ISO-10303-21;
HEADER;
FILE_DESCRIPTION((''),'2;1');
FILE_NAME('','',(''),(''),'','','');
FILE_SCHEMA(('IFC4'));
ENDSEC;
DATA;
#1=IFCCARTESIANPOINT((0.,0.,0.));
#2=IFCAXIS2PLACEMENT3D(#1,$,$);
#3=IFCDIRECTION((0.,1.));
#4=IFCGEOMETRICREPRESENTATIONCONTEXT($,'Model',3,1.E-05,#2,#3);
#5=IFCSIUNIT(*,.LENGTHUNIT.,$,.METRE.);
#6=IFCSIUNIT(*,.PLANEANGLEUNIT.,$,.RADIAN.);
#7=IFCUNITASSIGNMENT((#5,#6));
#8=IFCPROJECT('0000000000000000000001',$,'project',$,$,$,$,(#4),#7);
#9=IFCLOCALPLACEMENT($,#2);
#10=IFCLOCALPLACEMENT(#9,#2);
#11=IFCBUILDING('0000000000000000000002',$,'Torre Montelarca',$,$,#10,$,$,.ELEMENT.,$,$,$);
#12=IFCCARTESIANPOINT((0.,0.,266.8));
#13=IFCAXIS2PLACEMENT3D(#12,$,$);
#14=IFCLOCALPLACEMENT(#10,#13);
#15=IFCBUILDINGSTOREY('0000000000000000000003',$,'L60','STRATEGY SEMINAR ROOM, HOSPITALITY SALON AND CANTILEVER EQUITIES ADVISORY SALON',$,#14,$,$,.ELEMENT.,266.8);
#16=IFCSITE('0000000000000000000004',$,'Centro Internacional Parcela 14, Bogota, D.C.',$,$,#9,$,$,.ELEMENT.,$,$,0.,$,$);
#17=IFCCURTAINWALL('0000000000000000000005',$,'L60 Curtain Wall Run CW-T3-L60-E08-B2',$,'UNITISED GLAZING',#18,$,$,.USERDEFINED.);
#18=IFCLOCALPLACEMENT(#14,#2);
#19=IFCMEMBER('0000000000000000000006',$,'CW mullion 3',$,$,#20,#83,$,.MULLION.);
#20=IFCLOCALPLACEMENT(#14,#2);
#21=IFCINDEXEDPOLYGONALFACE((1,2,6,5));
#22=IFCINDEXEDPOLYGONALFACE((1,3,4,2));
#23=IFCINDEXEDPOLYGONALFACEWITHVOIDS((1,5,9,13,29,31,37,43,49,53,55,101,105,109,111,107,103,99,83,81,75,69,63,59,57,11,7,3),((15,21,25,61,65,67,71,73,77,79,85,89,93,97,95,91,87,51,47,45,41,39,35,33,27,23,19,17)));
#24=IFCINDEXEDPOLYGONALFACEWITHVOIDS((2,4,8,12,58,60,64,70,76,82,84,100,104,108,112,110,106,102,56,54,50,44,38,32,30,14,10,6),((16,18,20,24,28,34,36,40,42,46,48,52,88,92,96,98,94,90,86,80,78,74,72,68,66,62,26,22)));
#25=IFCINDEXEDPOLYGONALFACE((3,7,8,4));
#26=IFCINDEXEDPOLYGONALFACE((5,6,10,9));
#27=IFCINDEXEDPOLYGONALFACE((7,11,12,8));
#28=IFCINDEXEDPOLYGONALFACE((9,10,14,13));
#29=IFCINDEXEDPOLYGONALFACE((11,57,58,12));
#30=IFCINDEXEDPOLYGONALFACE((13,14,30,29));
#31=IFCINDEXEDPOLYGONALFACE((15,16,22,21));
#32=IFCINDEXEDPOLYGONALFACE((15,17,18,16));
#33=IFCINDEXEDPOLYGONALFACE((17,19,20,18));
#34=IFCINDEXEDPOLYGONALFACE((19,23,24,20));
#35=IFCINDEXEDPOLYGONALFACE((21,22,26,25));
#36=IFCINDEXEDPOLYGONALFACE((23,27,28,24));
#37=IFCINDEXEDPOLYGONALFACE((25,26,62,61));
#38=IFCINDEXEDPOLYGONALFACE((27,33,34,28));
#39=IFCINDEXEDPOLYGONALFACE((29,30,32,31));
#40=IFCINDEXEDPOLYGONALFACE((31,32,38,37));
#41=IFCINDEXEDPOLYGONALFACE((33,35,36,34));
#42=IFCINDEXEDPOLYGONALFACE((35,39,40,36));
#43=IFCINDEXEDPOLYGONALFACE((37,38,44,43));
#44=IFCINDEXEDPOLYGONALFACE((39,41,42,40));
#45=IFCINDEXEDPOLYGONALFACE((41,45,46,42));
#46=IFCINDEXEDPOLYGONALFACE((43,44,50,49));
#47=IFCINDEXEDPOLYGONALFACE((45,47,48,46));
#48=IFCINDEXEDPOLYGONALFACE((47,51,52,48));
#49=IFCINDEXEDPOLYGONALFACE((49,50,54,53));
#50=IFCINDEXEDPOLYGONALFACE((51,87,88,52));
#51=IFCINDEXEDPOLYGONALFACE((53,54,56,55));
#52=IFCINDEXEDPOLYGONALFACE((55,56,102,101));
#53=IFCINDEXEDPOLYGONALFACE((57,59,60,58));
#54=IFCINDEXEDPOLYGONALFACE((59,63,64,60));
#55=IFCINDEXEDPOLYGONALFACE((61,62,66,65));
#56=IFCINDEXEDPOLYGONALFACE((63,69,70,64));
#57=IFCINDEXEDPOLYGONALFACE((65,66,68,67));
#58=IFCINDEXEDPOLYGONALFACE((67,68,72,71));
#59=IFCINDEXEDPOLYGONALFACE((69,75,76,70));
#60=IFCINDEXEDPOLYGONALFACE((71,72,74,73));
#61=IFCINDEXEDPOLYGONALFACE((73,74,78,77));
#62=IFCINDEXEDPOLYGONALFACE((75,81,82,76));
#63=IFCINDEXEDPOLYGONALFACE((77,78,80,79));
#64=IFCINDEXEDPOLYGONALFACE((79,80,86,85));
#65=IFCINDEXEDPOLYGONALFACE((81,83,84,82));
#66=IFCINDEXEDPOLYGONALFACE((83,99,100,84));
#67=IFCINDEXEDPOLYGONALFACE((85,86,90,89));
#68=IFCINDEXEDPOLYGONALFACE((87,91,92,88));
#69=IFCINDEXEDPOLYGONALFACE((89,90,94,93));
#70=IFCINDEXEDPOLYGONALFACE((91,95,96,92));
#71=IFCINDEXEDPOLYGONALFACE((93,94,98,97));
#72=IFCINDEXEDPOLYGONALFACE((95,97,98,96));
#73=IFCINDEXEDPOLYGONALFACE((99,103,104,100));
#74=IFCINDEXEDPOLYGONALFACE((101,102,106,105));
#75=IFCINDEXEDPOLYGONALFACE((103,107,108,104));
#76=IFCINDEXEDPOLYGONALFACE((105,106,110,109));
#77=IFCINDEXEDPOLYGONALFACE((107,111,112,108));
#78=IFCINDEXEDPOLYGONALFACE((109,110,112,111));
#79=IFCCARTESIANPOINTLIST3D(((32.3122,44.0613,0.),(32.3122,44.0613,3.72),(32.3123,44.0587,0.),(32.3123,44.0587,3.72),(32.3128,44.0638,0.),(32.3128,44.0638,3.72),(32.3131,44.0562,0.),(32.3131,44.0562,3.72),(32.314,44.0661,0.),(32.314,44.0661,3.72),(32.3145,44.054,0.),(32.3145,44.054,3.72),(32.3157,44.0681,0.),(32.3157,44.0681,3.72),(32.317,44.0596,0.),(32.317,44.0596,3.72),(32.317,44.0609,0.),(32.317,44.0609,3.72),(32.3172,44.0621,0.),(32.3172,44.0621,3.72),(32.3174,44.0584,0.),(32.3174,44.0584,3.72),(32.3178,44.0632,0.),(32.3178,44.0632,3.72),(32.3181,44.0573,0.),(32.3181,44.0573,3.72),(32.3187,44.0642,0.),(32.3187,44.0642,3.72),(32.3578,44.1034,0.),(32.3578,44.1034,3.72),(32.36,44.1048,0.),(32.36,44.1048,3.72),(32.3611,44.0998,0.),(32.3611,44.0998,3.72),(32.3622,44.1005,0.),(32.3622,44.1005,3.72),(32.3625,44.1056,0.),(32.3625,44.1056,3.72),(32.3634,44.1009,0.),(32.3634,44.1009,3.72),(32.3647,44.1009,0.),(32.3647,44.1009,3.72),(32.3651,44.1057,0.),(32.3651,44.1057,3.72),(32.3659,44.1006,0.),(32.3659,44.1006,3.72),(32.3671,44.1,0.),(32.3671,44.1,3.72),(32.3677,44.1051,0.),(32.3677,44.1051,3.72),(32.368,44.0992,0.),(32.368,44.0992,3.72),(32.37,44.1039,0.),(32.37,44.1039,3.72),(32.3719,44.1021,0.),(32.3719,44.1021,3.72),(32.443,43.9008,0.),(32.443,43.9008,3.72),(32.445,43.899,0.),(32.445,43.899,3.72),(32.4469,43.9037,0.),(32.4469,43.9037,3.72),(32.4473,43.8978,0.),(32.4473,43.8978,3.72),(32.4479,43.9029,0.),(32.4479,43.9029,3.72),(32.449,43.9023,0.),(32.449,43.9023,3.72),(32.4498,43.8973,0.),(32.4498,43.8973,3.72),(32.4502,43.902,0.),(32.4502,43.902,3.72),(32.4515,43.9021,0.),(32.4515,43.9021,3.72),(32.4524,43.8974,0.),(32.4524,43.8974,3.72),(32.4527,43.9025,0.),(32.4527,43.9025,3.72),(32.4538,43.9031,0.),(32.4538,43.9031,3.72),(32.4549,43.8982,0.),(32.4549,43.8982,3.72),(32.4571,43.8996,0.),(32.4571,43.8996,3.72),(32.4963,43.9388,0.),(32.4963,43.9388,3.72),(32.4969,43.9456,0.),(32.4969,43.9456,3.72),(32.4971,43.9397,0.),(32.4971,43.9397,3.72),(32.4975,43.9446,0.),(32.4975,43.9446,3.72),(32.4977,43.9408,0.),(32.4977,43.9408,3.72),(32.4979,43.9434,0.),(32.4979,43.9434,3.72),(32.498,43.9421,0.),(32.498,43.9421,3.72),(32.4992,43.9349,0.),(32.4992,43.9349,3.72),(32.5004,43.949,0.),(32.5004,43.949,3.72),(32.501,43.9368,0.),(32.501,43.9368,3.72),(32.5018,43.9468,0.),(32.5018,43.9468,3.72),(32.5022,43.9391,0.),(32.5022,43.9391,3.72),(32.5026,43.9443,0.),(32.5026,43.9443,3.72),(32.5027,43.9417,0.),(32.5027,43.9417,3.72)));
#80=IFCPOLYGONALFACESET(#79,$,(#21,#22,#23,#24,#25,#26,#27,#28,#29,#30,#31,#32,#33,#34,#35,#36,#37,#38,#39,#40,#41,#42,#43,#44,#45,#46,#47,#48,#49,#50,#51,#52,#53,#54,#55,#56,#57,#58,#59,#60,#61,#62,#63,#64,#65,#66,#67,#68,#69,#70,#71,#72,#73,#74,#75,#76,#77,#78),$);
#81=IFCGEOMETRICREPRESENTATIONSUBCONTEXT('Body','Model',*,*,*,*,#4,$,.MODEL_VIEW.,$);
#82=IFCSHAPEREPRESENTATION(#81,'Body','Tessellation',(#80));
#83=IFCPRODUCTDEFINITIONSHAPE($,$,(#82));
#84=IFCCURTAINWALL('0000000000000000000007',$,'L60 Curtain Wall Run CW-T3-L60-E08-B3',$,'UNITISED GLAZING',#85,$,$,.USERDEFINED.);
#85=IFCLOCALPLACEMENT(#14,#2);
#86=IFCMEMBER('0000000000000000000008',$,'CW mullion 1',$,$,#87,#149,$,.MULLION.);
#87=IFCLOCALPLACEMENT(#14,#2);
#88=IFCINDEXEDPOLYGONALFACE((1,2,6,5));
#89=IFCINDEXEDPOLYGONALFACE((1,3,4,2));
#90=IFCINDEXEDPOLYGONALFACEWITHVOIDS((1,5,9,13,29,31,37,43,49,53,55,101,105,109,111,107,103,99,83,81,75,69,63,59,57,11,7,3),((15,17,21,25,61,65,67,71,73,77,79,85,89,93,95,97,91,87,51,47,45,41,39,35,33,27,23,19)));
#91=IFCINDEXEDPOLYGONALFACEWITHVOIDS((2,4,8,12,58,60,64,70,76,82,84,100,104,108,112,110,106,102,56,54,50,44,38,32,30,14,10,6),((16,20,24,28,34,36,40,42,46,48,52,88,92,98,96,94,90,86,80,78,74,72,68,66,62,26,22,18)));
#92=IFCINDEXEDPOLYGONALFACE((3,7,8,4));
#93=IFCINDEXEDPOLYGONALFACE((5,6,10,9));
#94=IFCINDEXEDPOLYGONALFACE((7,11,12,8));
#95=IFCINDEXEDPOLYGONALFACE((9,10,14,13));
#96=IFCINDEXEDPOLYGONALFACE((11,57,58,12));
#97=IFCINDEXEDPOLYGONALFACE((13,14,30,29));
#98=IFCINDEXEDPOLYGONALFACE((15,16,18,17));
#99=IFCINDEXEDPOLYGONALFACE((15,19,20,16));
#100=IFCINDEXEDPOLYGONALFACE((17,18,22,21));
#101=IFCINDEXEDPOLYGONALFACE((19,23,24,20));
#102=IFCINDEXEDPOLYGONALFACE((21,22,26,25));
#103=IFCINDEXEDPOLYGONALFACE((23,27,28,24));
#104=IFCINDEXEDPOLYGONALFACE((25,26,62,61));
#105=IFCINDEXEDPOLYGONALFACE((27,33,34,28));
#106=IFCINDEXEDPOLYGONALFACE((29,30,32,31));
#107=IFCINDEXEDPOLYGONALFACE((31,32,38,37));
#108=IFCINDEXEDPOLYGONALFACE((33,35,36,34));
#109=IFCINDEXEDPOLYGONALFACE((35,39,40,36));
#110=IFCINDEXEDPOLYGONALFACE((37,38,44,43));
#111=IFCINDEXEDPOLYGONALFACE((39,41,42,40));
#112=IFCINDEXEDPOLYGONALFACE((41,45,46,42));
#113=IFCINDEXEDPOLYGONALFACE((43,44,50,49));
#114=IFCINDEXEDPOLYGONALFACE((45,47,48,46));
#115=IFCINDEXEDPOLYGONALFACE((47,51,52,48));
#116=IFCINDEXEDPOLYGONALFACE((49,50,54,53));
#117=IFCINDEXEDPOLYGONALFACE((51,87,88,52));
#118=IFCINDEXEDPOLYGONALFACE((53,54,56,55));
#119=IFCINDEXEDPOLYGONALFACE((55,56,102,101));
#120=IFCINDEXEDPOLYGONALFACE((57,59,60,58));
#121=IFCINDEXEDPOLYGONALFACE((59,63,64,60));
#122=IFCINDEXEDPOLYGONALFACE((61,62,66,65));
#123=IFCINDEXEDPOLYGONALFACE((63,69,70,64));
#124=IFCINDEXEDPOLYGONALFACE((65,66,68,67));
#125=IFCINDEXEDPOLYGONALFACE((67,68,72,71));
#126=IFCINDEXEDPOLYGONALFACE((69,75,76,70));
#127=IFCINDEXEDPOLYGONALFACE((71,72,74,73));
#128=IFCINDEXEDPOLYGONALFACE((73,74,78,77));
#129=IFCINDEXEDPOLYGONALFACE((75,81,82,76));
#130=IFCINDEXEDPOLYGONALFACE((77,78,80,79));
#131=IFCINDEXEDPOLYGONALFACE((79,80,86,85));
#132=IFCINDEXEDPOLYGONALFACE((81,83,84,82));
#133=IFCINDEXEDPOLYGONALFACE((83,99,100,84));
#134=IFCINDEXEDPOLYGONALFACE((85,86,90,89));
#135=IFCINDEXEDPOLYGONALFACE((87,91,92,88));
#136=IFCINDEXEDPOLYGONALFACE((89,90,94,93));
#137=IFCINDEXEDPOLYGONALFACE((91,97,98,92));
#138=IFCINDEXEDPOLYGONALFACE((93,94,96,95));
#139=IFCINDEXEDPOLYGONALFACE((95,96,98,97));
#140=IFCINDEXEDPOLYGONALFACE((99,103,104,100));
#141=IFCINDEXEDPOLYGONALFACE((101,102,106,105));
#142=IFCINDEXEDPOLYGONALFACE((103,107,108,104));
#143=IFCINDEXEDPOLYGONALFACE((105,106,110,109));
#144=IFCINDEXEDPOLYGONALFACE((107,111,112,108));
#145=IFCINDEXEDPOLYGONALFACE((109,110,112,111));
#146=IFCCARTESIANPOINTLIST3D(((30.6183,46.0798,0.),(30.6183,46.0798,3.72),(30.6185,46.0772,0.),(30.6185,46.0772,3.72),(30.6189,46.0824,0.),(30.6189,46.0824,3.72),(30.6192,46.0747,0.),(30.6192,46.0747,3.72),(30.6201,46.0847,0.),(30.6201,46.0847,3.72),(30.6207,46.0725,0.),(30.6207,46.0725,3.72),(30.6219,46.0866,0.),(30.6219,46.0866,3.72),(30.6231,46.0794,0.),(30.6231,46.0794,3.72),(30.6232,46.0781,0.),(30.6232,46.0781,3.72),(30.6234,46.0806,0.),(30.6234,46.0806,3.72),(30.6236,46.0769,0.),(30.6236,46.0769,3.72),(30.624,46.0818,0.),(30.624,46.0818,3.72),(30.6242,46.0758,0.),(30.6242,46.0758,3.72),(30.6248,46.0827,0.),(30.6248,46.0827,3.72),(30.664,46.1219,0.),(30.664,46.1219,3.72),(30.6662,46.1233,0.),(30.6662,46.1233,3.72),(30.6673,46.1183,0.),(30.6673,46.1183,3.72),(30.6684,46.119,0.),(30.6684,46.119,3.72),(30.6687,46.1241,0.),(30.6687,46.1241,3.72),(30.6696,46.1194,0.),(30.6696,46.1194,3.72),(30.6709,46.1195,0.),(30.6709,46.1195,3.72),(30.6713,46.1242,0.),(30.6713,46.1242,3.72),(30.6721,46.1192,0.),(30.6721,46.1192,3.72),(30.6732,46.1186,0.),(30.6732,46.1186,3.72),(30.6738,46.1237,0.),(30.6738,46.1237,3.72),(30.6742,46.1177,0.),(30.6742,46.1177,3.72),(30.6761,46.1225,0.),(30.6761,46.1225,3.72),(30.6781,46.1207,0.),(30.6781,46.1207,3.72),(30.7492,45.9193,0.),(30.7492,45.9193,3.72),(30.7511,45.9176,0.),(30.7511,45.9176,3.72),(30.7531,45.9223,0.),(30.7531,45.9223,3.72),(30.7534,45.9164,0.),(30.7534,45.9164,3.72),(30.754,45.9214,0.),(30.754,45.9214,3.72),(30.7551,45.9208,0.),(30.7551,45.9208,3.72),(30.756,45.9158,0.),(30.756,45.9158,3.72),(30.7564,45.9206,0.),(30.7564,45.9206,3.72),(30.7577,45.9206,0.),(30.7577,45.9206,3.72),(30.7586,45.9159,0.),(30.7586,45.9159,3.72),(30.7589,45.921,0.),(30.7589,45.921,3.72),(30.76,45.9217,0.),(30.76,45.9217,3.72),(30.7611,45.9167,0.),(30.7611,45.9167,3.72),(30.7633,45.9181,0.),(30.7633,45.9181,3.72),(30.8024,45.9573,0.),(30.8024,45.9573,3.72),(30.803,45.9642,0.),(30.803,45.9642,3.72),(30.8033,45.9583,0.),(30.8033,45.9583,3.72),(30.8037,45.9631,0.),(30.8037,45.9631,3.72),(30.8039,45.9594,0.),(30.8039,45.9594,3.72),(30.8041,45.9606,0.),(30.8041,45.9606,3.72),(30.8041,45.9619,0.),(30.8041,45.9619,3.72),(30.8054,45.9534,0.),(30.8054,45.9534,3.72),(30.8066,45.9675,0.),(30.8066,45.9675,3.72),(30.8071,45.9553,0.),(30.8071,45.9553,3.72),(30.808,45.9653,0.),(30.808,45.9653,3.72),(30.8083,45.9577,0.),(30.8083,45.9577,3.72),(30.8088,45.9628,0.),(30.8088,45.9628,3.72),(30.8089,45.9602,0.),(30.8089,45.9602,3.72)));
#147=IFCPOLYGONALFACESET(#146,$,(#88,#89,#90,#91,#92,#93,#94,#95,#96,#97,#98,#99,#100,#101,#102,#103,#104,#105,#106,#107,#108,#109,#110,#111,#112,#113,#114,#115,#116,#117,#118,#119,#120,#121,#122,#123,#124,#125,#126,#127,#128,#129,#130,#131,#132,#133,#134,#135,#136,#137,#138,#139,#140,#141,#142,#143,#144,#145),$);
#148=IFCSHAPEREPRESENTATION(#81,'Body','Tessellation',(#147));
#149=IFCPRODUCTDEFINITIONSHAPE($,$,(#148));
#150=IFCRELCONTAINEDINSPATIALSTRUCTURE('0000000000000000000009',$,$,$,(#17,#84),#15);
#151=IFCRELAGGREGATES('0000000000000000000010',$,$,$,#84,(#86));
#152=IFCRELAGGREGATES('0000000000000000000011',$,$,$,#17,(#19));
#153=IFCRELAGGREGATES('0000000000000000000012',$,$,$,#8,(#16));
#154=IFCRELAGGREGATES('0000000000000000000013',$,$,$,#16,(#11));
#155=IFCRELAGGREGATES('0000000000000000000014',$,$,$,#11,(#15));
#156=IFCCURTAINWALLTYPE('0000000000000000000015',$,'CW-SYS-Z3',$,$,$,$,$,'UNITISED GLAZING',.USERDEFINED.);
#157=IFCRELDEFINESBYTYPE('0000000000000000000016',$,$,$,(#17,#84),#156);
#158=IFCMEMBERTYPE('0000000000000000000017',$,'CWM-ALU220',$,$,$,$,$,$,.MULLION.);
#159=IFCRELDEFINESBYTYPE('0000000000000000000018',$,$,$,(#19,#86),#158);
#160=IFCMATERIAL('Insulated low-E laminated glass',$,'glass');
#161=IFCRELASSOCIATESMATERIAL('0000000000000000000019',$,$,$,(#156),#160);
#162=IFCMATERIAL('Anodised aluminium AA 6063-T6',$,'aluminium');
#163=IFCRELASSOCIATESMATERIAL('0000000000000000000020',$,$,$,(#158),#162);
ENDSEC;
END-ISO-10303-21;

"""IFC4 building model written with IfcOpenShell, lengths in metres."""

from ifc_helpers import new_model, si_unit, direction, frame, origin, origin_2d, place, context, subcontext, project, spatial, hollow_rectangle, extrude, source, transform, mapped, material, material_profile, profile_set, type_object, element, aggregate, save


model = new_model("IFC4")

# Units and contexts
model_context = context("Model", 3, precision=1e-05, world=origin(), true_north=direction((0.0, 1.0)))
body_context = subcontext(model_context, "Body", "Model", "MODEL_VIEW")
ifc_project = project(units=[si_unit("LENGTHUNIT", "METRE"), si_unit("PLANEANGLEUNIT", "RADIAN")], contexts=[model_context])

# Site, building, storey
site_placement = place(None, origin())
site = spatial("IfcSite", under=ifc_project, at=site_placement, Name="Centro Internacional Parcela 14, Bogota, D.C.", CompositionType="ELEMENT", RefElevation=0.0)
building_placement = place(site_placement, origin())
building = spatial("IfcBuilding", under=site, at=building_placement, Name="Torre Montelarca", CompositionType="ELEMENT")
storey_placement = place(building_placement, frame((0.0, 0.0, 266.8)))
storey = spatial("IfcBuildingStorey", under=building, at=storey_placement, Name="L60", Description="STRATEGY SEMINAR ROOM, HOSPITALITY SALON AND CANTILEVER EQUITIES ADVISORY SALON", CompositionType="ELEMENT", Elevation=266.8)

# Curtain wall, member
ifc_material_1 = material(Name="Insulated low-E laminated glass", Category="glass")
curtain_wall_type = type_object("IfcCurtainWallType", Name="CW-SYS-Z3", ElementType="UNITISED GLAZING", PredefinedType="USERDEFINED", material=ifc_material_1)
ifc_material_2 = material(Name="Anodised aluminium AA 6063-T6", Category="aluminium")
ifc_material_profile_1 = material_profile(ifc_material_2, hollow_rectangle(XDim=0.075, YDim=0.22, WallThickness=0.0049, InnerFilletRadius=0.0049, OuterFilletRadius=0.01, at=origin_2d()), Name="ALU75X220X5", Category="aluminium")
ifc_profile_set_1 = profile_set([ifc_material_profile_1], Name="Anodised aluminium AA 6063-T6")
member_type_1 = type_object("IfcMemberType", Name="CWM-ALU220", PredefinedType="MULLION", material=ifc_profile_set_1)
shared_shape_1 = source(origin(), body_context, "Body", "SweptSolid", [
    extrude(hollow_rectangle(XDim=0.075, YDim=0.22, WallThickness=0.0049, InnerFilletRadius=0.0049, OuterFilletRadius=0.01, at=origin_2d()), origin(), (0.0, 0.0, 1.0), 3.72),
])
curtain_wall_1_placement = place(storey_placement, origin())
curtain_wall_1 = element("IfcCurtainWall", 1, at=curtain_wall_1_placement, inside=storey, type_object=curtain_wall_type, Name="L60 Curtain Wall Run CW-T3-L60-E08-B2", ObjectType="UNITISED GLAZING", PredefinedType="USERDEFINED")
member_1_placement = place(storey_placement, frame((32.4075, 44.0015, 0.0), z_axis=(0.0, 0.0, 1.0), x_axis=(-0.766039, -0.642794, 0.0)))
member_1 = element("IfcMember", 2, at=member_1_placement, type_object=member_type_1, Name="CW mullion 3", PredefinedType="MULLION", context=body_context, shape_type="MappedRepresentation", body=[
    mapped(shared_shape_1, transform((0.0, 0.0, 0.0), scale=1.0)),
])

# Curtain wall, member
curtain_wall_2_placement = place(storey_placement, origin())
curtain_wall_2 = element("IfcCurtainWall", 3, at=curtain_wall_2_placement, inside=storey, type_object=curtain_wall_type, Name="L60 Curtain Wall Run CW-T3-L60-E08-B3", ObjectType="UNITISED GLAZING", PredefinedType="USERDEFINED")
member_2_placement = place(storey_placement, frame((30.7136, 46.02, 0.0), z_axis=(0.0, 0.0, 1.0), x_axis=(-0.766039, -0.642794, 0.0)))
member_2 = element("IfcMember", 4, at=member_2_placement, type_object=member_type_1, Name="CW mullion 1", PredefinedType="MULLION", context=body_context, shape_type="MappedRepresentation", body=[
    mapped(shared_shape_1, transform((0.0, 0.0, 0.0), scale=1.0)),
])

aggregate(curtain_wall_2, [member_2])

aggregate(curtain_wall_1, [member_1])

save(model, "model.ifc")
